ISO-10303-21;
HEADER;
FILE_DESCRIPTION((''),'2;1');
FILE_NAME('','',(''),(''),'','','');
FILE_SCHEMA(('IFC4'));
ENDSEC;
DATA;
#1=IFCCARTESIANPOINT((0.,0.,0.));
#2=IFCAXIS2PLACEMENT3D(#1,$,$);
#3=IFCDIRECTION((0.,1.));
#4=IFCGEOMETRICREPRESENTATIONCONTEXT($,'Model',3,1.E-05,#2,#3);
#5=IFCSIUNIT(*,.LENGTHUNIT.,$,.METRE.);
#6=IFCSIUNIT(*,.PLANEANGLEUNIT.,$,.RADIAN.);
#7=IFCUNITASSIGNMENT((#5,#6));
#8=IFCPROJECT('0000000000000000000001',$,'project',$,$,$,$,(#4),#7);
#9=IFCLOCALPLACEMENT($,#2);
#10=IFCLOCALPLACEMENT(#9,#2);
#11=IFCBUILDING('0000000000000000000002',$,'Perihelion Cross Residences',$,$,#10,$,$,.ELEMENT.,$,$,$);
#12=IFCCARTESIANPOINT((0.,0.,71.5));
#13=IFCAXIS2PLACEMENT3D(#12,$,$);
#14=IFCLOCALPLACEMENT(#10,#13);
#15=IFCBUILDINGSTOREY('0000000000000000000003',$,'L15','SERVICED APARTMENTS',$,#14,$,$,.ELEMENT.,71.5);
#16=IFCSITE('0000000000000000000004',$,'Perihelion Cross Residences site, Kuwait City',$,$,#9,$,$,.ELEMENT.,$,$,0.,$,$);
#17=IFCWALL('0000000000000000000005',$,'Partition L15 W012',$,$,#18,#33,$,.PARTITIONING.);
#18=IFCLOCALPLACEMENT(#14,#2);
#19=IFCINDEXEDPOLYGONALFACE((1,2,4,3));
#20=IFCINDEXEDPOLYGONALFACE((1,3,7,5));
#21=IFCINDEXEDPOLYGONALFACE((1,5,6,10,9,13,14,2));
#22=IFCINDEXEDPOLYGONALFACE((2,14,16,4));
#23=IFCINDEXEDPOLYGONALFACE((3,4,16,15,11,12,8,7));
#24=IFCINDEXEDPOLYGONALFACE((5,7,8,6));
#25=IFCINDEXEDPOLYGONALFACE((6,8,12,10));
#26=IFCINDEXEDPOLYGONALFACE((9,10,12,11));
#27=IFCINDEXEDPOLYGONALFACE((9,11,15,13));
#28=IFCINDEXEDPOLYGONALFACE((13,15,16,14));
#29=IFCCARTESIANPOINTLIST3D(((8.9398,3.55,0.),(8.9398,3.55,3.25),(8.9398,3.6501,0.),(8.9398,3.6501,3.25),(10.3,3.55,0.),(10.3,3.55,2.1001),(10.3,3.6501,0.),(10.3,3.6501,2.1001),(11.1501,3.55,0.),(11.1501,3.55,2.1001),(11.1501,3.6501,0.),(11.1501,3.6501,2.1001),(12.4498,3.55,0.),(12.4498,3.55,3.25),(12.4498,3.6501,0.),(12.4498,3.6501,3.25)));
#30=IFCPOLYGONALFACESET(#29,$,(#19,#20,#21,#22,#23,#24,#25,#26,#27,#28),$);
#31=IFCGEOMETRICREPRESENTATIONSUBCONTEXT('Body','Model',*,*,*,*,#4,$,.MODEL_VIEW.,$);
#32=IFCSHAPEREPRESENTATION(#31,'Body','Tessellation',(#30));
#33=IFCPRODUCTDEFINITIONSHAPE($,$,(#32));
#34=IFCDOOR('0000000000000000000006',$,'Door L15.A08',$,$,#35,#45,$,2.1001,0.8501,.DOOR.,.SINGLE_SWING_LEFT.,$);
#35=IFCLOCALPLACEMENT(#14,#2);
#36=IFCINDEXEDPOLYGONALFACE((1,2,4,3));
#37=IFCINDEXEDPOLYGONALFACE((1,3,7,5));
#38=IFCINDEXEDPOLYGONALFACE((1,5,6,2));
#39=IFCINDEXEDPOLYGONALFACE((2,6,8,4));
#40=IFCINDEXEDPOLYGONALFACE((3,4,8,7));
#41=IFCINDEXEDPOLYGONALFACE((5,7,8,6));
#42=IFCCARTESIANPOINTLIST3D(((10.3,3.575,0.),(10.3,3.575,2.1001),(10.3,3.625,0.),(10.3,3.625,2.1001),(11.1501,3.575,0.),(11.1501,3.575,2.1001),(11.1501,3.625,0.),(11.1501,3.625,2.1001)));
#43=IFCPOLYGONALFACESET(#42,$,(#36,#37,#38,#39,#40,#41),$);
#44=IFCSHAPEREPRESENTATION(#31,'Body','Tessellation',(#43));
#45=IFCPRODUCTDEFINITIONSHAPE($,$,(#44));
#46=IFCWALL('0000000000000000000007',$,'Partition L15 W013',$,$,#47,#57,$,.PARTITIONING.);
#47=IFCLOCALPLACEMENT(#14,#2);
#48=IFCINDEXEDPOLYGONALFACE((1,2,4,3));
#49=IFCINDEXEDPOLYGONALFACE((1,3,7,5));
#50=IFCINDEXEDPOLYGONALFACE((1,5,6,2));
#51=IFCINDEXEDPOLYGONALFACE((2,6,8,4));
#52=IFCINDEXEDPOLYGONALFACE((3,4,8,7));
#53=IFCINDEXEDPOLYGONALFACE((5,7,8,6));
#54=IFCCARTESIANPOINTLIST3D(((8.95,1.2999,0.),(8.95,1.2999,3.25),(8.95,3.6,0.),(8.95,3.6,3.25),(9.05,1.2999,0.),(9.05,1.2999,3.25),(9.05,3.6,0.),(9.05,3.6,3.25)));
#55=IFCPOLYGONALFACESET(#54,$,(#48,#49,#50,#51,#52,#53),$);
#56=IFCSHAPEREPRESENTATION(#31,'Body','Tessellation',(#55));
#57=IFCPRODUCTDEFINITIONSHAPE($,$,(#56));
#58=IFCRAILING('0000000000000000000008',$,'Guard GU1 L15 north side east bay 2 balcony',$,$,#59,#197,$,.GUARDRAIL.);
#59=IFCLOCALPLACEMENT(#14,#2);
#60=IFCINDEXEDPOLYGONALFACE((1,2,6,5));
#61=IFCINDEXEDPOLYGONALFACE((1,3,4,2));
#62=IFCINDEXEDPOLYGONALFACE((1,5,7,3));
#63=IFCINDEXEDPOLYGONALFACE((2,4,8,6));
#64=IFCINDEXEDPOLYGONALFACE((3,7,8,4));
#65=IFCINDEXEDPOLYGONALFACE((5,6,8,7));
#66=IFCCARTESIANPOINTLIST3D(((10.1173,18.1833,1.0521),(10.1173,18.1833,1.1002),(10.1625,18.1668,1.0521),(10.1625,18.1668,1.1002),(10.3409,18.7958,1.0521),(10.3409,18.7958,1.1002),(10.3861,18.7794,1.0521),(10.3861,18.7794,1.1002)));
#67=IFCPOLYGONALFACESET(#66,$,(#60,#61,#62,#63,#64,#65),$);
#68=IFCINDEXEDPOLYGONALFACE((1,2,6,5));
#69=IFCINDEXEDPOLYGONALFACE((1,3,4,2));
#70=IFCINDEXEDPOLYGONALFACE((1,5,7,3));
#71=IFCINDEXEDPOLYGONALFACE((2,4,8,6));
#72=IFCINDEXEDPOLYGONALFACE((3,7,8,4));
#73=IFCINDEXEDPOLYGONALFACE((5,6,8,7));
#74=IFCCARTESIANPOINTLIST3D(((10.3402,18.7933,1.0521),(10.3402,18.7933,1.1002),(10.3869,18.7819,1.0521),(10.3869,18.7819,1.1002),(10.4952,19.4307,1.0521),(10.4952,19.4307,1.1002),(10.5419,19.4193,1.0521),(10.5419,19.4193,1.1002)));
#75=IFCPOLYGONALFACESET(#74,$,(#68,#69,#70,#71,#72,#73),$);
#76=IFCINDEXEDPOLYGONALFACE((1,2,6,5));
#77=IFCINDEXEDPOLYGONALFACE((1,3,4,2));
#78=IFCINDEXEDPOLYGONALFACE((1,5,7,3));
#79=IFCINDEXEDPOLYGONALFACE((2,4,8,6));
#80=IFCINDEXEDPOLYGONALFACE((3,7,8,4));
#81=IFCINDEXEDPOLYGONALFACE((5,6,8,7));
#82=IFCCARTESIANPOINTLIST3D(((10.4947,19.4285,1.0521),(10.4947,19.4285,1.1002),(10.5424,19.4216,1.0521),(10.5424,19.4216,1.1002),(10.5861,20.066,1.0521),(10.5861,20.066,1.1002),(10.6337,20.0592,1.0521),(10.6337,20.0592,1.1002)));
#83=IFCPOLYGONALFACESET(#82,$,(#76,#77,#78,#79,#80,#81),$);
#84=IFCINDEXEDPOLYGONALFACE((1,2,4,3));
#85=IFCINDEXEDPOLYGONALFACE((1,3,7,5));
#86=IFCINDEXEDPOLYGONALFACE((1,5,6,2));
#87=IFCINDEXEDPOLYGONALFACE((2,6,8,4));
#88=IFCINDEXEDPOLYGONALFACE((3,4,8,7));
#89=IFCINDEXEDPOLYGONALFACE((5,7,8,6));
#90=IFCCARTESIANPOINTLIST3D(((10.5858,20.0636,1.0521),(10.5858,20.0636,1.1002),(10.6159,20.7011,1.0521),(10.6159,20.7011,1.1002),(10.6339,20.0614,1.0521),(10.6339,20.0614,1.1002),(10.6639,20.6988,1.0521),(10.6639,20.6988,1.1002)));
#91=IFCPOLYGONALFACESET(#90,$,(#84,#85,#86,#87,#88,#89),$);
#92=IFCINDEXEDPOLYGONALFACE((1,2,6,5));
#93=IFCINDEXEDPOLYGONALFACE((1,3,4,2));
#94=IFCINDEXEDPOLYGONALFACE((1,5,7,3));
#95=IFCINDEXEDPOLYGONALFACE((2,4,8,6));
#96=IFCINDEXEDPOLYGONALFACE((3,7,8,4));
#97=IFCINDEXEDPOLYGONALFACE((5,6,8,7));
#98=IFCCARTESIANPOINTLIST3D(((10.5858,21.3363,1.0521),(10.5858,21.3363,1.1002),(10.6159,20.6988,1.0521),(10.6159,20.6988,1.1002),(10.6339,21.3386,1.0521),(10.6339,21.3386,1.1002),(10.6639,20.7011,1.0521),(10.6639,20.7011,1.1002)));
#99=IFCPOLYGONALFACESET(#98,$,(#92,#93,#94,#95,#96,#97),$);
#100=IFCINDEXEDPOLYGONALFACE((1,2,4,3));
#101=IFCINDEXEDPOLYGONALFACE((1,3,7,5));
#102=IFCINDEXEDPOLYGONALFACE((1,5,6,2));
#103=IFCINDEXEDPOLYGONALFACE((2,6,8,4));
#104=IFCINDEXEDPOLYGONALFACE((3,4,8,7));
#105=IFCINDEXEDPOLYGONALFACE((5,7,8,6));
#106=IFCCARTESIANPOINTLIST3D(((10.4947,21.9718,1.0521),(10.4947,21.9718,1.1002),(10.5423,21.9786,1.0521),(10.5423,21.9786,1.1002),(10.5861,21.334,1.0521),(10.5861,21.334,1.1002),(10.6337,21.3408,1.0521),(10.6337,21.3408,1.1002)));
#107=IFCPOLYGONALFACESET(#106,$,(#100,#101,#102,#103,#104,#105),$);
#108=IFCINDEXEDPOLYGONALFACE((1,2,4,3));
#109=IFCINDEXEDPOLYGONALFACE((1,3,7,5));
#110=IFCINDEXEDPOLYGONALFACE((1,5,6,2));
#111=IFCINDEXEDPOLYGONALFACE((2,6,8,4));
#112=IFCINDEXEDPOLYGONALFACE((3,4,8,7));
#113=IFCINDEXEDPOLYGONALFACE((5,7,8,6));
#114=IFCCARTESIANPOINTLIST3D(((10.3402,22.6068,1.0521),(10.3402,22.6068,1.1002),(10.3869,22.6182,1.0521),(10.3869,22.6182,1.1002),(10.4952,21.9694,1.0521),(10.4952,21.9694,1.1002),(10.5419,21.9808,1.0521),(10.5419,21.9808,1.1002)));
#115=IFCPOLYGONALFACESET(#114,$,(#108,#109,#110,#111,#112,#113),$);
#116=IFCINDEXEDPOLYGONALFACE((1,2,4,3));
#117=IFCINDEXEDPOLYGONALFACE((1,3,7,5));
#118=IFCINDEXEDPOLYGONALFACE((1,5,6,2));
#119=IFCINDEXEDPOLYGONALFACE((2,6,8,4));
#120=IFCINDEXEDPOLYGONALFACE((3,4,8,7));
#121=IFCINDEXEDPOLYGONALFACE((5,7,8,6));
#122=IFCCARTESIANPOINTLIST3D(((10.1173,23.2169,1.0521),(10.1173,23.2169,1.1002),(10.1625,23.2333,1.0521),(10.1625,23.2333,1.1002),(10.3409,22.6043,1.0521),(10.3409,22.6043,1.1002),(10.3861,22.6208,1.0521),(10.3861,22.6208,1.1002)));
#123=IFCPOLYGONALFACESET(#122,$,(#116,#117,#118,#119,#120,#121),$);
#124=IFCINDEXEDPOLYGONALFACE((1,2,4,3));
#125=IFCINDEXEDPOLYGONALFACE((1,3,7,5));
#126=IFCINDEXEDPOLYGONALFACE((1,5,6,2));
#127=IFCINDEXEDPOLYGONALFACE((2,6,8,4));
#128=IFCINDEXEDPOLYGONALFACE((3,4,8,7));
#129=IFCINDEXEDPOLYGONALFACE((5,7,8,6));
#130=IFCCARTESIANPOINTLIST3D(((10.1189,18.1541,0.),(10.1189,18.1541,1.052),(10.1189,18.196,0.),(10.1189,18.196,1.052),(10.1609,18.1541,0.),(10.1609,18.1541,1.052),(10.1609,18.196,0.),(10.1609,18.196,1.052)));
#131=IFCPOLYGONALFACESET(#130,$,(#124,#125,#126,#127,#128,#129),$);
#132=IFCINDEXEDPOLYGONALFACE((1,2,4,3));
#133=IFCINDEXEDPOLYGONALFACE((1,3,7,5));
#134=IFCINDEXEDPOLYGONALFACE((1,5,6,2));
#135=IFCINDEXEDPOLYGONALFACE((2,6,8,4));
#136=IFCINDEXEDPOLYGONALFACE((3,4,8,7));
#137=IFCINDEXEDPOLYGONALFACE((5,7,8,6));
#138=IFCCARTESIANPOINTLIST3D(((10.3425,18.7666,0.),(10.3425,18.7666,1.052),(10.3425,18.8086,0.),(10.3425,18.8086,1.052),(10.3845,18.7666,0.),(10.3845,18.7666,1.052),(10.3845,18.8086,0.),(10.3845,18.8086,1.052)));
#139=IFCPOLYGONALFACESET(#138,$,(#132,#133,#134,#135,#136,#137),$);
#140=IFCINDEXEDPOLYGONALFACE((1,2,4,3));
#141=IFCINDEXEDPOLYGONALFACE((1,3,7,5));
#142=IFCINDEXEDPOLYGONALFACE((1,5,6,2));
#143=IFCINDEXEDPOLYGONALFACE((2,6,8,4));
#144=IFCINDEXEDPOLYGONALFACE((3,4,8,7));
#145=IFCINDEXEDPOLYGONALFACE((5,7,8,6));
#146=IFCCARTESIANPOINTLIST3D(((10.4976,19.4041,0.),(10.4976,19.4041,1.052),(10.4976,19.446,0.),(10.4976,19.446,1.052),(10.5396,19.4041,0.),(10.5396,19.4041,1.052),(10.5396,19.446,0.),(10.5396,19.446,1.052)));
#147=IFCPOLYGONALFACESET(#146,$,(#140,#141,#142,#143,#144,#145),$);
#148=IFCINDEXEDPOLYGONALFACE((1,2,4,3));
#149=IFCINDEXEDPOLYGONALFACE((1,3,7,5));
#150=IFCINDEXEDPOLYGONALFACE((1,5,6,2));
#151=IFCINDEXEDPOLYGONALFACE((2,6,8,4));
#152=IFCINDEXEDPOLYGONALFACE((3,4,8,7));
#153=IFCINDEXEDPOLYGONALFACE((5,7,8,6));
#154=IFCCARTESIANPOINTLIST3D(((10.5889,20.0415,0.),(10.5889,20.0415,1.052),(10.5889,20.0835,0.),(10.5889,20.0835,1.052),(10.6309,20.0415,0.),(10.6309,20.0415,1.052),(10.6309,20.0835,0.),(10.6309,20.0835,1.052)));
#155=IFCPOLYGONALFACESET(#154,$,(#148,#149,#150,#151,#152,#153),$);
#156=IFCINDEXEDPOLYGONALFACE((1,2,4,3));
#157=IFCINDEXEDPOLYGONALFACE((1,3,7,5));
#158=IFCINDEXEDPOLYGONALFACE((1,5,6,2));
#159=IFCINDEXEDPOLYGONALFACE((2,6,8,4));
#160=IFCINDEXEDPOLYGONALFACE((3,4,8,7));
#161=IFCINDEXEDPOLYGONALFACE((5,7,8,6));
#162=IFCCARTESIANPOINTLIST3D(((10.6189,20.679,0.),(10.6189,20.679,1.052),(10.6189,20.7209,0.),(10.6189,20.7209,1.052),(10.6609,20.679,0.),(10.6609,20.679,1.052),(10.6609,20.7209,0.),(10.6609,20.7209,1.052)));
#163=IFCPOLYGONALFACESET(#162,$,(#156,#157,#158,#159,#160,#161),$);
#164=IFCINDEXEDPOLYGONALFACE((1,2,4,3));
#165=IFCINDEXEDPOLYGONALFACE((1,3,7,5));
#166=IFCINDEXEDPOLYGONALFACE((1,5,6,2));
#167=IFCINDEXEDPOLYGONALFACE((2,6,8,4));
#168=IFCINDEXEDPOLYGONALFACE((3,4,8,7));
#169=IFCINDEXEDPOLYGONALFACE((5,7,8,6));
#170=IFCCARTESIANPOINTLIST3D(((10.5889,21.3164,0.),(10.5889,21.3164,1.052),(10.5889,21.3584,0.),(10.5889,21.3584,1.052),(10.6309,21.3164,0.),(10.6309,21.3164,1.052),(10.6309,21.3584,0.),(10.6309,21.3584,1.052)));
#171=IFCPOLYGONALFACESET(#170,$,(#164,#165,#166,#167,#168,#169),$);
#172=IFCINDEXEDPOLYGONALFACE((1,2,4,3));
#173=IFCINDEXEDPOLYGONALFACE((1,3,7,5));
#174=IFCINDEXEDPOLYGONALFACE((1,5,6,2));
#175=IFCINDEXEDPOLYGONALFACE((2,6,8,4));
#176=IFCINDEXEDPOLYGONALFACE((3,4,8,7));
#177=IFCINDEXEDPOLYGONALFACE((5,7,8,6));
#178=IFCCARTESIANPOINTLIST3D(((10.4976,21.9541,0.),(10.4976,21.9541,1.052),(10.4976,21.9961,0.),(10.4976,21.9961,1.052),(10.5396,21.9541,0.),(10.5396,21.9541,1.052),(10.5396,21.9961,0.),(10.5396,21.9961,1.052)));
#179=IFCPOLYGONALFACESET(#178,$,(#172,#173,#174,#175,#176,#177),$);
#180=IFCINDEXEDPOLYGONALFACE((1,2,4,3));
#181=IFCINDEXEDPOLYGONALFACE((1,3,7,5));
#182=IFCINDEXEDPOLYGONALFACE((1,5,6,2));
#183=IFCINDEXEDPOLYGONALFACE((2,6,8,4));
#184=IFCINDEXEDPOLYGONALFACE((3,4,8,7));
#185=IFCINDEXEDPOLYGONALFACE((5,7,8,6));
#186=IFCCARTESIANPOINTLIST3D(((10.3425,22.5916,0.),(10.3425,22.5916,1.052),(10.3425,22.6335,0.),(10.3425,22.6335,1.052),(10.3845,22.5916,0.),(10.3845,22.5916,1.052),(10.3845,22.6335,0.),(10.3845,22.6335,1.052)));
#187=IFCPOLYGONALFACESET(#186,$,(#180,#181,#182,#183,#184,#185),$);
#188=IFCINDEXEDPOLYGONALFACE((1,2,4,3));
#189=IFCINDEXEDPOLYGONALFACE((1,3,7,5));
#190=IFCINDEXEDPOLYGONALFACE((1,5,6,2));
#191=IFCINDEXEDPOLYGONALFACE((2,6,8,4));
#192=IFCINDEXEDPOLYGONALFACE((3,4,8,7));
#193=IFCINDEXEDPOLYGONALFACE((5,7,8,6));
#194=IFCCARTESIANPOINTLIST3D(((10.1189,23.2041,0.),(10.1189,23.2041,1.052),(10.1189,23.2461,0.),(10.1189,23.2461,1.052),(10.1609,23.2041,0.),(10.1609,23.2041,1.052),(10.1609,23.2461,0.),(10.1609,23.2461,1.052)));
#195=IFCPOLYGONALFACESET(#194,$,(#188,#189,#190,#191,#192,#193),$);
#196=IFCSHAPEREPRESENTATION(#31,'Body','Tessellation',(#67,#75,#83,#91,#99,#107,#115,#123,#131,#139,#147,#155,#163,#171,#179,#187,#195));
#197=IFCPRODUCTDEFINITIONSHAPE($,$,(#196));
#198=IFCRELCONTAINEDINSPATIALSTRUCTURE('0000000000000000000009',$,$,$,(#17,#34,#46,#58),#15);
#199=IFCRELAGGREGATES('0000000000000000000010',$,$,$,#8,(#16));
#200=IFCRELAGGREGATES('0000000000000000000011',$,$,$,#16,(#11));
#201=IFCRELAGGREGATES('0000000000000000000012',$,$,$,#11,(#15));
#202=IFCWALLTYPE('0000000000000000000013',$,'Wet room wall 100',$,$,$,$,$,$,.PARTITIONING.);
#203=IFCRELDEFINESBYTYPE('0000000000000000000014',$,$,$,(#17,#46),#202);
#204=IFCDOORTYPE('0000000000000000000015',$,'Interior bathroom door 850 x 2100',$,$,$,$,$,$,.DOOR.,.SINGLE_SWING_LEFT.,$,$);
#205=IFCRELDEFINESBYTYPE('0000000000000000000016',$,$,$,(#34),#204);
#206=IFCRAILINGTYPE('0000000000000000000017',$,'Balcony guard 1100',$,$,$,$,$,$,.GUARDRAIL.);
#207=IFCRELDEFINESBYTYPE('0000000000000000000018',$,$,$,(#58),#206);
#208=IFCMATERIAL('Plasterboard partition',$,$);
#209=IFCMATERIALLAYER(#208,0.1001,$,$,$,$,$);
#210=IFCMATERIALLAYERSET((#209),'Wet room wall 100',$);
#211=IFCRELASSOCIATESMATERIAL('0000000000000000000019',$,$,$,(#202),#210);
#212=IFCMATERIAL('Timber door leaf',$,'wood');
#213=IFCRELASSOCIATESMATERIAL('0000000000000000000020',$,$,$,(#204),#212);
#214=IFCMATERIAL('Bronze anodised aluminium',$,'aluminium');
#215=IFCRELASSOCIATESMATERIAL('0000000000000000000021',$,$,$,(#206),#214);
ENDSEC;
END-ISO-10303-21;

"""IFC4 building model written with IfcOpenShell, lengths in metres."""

from ifc_helpers import new_model, si_unit, direction, frame, frame_2d, origin, origin_2d, place, context, subcontext, project, spatial, rectangle, extrude, material, layer, layer_set, type_object, element, fill, save


model = new_model("IFC4")

# Units and contexts
model_context = context("Model", 3, precision=1e-05, world=origin(), true_north=direction((0.0, 1.0)))
body_context = subcontext(model_context, "Body", "Model", "MODEL_VIEW")
ifc_project = project(units=[si_unit("LENGTHUNIT", "METRE"), si_unit("PLANEANGLEUNIT", "RADIAN")], contexts=[model_context])

# Site, building, storey
site_placement = place(None, origin())
site = spatial("IfcSite", under=ifc_project, at=site_placement, Name="Perihelion Cross Residences site, Kuwait City", CompositionType="ELEMENT", RefElevation=0.0)
building_placement = place(site_placement, origin())
building = spatial("IfcBuilding", under=site, at=building_placement, Name="Perihelion Cross Residences", CompositionType="ELEMENT")
storey_placement = place(building_placement, frame((0.0, 0.0, 71.5)))
storey = spatial("IfcBuildingStorey", under=building, at=storey_placement, Name="L15", Description="SERVICED APARTMENTS", CompositionType="ELEMENT", Elevation=71.5)

# Shared definitions
ifc_material_1 = material(Name="Plasterboard partition")
ifc_layer_1 = layer(ifc_material_1, 0.1001)
ifc_layer_set_1 = layer_set([ifc_layer_1], Name="Wet room wall 100")
wall_type_1 = type_object("IfcWallType", Name="Wet room wall 100", PredefinedType="PARTITIONING", material=ifc_layer_set_1)

# Wall, opening, door
wall_1_placement = place(storey_placement, frame((8.9399, 3.6001, 0.0), z_axis=(0.0, 0.0, 1.0), x_axis=(1.0, 0.0, 0.0)))
wall_1 = element("IfcWall", 1, at=wall_1_placement, inside=storey, type_object=wall_type_1, Name="Partition L15 W012", PredefinedType="PARTITIONING", context=body_context, shape_type="SweptSolid", body=[
    extrude(rectangle(XDim=3.51, YDim=0.1001, at=frame_2d((1.7549, 0.0))), origin(), (0.0, 0.0, 1.0), 3.25),
])
opening_1_placement = place(wall_1_placement, frame((1.3601, 0.0, 0.0)))
opening_1 = element("IfcOpeningElement", 2, at=opening_1_placement, cuts=wall_1, PredefinedType="OPENING", context=body_context, shape_type="SweptSolid", body=[
    extrude(rectangle(XDim=0.8501, YDim=2.1001, at=frame_2d((0.425, 1.05))), frame((0.0, 0.0601, 0.0), z_axis=(0.0, -1.0, 0.0), x_axis=(1.0, 0.0, 0.0)), (0.0, 0.0, 1.0), 0.1201),
])
ifc_material_2 = material(Name="Timber door leaf", Category="wood")
door_type_1 = type_object("IfcDoorType", Name="Interior bathroom door 850 x 2100", OperationType="SINGLE_SWING_LEFT", PredefinedType="DOOR", material=ifc_material_2)
door_1_placement = place(opening_1_placement, origin())
door_1 = element("IfcDoor", 3, at=door_1_placement, inside=storey, type_object=door_type_1, Name="Door L15.A08", OperationType="SINGLE_SWING_LEFT", OverallHeight=2.1001, OverallWidth=0.8501, PredefinedType="DOOR", context=body_context, shape_type="SweptSolid", body=[
    extrude(rectangle(XDim=0.8501, YDim=2.1001, at=frame_2d((0.425, 1.05))), frame((0.0, 0.0249, 0.0), z_axis=(0.0, -1.0, 0.0), x_axis=(1.0, 0.0, 0.0)), (0.0, 0.0, 1.0), 0.05),
])
fill(opening_1, door_1)

# Wall
wall_2_placement = place(storey_placement, frame((9.0, 1.3, 0.0), z_axis=(0.0, 0.0, 1.0), x_axis=(0.0, 1.0, 0.0)))
element("IfcWall", 4, at=wall_2_placement, inside=storey, type_object=wall_type_1, Name="Partition L15 W013", PredefinedType="PARTITIONING", context=body_context, shape_type="SweptSolid", body=[
    extrude(rectangle(XDim=2.3, YDim=0.1001, at=frame_2d((1.1499, 0.0))), origin(), (0.0, 0.0, 1.0), 3.25),
])

# Railing
ifc_material_3 = material(Name="Bronze anodised aluminium", Category="aluminium")
railing_type = type_object("IfcRailingType", Name="Balcony guard 1100", PredefinedType="GUARDRAIL", material=ifc_material_3)
railing_1_placement = place(storey_placement, frame((10.1399, 18.175, 0.0)))
element("IfcRailing", 5, at=railing_1_placement, inside=storey, type_object=railing_type, Name="Guard GU1 L15 north side east bay 2 balcony", PredefinedType="GUARDRAIL", context=body_context, shape_type="SweptSolid", body=[
    extrude(rectangle(XDim=0.0481, YDim=0.0481, at=origin_2d()), frame((0.0, 0.0, 1.0762), z_axis=(0.342945, 0.939355, 0.0), x_axis=(-0.939355, 0.342945, 0.0)), (0.0, 0.0, 1.0), 0.6521),
    extrude(rectangle(XDim=0.0481, YDim=0.0481, at=origin_2d()), frame((0.2236, 0.6125, 1.0762), z_axis=(0.236314, 0.971677, 0.0), x_axis=(-0.971677, 0.236314, 0.0)), (0.0, 0.0, 1.0), 0.656),
    extrude(rectangle(XDim=0.0481, YDim=0.0481, at=origin_2d()), frame((0.3787, 1.25, 1.0762), z_axis=(0.141793, 0.989896, 0.0), x_axis=(-0.989896, 0.141793, 0.0)), (0.0, 0.0, 1.0), 0.644),
    extrude(rectangle(XDim=0.0481, YDim=0.0481, at=origin_2d()), frame((0.47, 1.8875, 1.0762), z_axis=(0.047056, 0.998892, 0.0), x_axis=(-0.998892, 0.047056, 0.0)), (0.0, 0.0, 1.0), 0.6382),
    extrude(rectangle(XDim=0.0481, YDim=0.0481, at=origin_2d()), frame((0.5, 2.5249, 1.0762), z_axis=(-0.047056, 0.998892, 0.0), x_axis=(-0.998892, -0.047056, 0.0)), (0.0, 0.0, 1.0), 0.6382),
    extrude(rectangle(XDim=0.0481, YDim=0.0481, at=origin_2d()), frame((0.47, 3.1624, 1.0762), z_axis=(-0.14174, 0.989904, 0.0), x_axis=(-0.989904, -0.14174, 0.0)), (0.0, 0.0, 1.0), 0.6443),
    extrude(rectangle(XDim=0.0481, YDim=0.0481, at=origin_2d()), frame((0.3787, 3.8, 1.0762), z_axis=(-0.236314, 0.971677, 0.0), x_axis=(-0.971677, -0.236314, 0.0)), (0.0, 0.0, 1.0), 0.656),
    extrude(rectangle(XDim=0.0481, YDim=0.0481, at=origin_2d()), frame((0.2236, 4.4375, 1.0762), z_axis=(-0.342945, 0.939355, 0.0), x_axis=(-0.939355, -0.342945, 0.0)), (0.0, 0.0, 1.0), 0.6521),
    extrude(rectangle(XDim=0.042, YDim=0.042, at=origin_2d()), origin(), (0.0, 0.0, 1.0), 1.052),
    extrude(rectangle(XDim=0.042, YDim=0.042, at=origin_2d()), frame((0.2236, 0.6125, 0.0)), (0.0, 0.0, 1.0), 1.052),
    extrude(rectangle(XDim=0.042, YDim=0.042, at=origin_2d()), frame((0.3787, 1.25, 0.0)), (0.0, 0.0, 1.0), 1.052),
    extrude(rectangle(XDim=0.042, YDim=0.042, at=origin_2d()), frame((0.47, 1.8875, 0.0)), (0.0, 0.0, 1.0), 1.052),
    extrude(rectangle(XDim=0.042, YDim=0.042, at=origin_2d()), frame((0.5, 2.5249, 0.0)), (0.0, 0.0, 1.0), 1.052),
    extrude(rectangle(XDim=0.042, YDim=0.042, at=origin_2d()), frame((0.47, 3.1624, 0.0)), (0.0, 0.0, 1.0), 1.052),
    extrude(rectangle(XDim=0.042, YDim=0.042, at=origin_2d()), frame((0.3787, 3.8, 0.0)), (0.0, 0.0, 1.0), 1.052),
    extrude(rectangle(XDim=0.042, YDim=0.042, at=origin_2d()), frame((0.2236, 4.4375, 0.0)), (0.0, 0.0, 1.0), 1.052),
    extrude(rectangle(XDim=0.042, YDim=0.042, at=origin_2d()), frame((0.0, 5.05, 0.0)), (0.0, 0.0, 1.0), 1.052),
])

save(model, "model.ifc")
